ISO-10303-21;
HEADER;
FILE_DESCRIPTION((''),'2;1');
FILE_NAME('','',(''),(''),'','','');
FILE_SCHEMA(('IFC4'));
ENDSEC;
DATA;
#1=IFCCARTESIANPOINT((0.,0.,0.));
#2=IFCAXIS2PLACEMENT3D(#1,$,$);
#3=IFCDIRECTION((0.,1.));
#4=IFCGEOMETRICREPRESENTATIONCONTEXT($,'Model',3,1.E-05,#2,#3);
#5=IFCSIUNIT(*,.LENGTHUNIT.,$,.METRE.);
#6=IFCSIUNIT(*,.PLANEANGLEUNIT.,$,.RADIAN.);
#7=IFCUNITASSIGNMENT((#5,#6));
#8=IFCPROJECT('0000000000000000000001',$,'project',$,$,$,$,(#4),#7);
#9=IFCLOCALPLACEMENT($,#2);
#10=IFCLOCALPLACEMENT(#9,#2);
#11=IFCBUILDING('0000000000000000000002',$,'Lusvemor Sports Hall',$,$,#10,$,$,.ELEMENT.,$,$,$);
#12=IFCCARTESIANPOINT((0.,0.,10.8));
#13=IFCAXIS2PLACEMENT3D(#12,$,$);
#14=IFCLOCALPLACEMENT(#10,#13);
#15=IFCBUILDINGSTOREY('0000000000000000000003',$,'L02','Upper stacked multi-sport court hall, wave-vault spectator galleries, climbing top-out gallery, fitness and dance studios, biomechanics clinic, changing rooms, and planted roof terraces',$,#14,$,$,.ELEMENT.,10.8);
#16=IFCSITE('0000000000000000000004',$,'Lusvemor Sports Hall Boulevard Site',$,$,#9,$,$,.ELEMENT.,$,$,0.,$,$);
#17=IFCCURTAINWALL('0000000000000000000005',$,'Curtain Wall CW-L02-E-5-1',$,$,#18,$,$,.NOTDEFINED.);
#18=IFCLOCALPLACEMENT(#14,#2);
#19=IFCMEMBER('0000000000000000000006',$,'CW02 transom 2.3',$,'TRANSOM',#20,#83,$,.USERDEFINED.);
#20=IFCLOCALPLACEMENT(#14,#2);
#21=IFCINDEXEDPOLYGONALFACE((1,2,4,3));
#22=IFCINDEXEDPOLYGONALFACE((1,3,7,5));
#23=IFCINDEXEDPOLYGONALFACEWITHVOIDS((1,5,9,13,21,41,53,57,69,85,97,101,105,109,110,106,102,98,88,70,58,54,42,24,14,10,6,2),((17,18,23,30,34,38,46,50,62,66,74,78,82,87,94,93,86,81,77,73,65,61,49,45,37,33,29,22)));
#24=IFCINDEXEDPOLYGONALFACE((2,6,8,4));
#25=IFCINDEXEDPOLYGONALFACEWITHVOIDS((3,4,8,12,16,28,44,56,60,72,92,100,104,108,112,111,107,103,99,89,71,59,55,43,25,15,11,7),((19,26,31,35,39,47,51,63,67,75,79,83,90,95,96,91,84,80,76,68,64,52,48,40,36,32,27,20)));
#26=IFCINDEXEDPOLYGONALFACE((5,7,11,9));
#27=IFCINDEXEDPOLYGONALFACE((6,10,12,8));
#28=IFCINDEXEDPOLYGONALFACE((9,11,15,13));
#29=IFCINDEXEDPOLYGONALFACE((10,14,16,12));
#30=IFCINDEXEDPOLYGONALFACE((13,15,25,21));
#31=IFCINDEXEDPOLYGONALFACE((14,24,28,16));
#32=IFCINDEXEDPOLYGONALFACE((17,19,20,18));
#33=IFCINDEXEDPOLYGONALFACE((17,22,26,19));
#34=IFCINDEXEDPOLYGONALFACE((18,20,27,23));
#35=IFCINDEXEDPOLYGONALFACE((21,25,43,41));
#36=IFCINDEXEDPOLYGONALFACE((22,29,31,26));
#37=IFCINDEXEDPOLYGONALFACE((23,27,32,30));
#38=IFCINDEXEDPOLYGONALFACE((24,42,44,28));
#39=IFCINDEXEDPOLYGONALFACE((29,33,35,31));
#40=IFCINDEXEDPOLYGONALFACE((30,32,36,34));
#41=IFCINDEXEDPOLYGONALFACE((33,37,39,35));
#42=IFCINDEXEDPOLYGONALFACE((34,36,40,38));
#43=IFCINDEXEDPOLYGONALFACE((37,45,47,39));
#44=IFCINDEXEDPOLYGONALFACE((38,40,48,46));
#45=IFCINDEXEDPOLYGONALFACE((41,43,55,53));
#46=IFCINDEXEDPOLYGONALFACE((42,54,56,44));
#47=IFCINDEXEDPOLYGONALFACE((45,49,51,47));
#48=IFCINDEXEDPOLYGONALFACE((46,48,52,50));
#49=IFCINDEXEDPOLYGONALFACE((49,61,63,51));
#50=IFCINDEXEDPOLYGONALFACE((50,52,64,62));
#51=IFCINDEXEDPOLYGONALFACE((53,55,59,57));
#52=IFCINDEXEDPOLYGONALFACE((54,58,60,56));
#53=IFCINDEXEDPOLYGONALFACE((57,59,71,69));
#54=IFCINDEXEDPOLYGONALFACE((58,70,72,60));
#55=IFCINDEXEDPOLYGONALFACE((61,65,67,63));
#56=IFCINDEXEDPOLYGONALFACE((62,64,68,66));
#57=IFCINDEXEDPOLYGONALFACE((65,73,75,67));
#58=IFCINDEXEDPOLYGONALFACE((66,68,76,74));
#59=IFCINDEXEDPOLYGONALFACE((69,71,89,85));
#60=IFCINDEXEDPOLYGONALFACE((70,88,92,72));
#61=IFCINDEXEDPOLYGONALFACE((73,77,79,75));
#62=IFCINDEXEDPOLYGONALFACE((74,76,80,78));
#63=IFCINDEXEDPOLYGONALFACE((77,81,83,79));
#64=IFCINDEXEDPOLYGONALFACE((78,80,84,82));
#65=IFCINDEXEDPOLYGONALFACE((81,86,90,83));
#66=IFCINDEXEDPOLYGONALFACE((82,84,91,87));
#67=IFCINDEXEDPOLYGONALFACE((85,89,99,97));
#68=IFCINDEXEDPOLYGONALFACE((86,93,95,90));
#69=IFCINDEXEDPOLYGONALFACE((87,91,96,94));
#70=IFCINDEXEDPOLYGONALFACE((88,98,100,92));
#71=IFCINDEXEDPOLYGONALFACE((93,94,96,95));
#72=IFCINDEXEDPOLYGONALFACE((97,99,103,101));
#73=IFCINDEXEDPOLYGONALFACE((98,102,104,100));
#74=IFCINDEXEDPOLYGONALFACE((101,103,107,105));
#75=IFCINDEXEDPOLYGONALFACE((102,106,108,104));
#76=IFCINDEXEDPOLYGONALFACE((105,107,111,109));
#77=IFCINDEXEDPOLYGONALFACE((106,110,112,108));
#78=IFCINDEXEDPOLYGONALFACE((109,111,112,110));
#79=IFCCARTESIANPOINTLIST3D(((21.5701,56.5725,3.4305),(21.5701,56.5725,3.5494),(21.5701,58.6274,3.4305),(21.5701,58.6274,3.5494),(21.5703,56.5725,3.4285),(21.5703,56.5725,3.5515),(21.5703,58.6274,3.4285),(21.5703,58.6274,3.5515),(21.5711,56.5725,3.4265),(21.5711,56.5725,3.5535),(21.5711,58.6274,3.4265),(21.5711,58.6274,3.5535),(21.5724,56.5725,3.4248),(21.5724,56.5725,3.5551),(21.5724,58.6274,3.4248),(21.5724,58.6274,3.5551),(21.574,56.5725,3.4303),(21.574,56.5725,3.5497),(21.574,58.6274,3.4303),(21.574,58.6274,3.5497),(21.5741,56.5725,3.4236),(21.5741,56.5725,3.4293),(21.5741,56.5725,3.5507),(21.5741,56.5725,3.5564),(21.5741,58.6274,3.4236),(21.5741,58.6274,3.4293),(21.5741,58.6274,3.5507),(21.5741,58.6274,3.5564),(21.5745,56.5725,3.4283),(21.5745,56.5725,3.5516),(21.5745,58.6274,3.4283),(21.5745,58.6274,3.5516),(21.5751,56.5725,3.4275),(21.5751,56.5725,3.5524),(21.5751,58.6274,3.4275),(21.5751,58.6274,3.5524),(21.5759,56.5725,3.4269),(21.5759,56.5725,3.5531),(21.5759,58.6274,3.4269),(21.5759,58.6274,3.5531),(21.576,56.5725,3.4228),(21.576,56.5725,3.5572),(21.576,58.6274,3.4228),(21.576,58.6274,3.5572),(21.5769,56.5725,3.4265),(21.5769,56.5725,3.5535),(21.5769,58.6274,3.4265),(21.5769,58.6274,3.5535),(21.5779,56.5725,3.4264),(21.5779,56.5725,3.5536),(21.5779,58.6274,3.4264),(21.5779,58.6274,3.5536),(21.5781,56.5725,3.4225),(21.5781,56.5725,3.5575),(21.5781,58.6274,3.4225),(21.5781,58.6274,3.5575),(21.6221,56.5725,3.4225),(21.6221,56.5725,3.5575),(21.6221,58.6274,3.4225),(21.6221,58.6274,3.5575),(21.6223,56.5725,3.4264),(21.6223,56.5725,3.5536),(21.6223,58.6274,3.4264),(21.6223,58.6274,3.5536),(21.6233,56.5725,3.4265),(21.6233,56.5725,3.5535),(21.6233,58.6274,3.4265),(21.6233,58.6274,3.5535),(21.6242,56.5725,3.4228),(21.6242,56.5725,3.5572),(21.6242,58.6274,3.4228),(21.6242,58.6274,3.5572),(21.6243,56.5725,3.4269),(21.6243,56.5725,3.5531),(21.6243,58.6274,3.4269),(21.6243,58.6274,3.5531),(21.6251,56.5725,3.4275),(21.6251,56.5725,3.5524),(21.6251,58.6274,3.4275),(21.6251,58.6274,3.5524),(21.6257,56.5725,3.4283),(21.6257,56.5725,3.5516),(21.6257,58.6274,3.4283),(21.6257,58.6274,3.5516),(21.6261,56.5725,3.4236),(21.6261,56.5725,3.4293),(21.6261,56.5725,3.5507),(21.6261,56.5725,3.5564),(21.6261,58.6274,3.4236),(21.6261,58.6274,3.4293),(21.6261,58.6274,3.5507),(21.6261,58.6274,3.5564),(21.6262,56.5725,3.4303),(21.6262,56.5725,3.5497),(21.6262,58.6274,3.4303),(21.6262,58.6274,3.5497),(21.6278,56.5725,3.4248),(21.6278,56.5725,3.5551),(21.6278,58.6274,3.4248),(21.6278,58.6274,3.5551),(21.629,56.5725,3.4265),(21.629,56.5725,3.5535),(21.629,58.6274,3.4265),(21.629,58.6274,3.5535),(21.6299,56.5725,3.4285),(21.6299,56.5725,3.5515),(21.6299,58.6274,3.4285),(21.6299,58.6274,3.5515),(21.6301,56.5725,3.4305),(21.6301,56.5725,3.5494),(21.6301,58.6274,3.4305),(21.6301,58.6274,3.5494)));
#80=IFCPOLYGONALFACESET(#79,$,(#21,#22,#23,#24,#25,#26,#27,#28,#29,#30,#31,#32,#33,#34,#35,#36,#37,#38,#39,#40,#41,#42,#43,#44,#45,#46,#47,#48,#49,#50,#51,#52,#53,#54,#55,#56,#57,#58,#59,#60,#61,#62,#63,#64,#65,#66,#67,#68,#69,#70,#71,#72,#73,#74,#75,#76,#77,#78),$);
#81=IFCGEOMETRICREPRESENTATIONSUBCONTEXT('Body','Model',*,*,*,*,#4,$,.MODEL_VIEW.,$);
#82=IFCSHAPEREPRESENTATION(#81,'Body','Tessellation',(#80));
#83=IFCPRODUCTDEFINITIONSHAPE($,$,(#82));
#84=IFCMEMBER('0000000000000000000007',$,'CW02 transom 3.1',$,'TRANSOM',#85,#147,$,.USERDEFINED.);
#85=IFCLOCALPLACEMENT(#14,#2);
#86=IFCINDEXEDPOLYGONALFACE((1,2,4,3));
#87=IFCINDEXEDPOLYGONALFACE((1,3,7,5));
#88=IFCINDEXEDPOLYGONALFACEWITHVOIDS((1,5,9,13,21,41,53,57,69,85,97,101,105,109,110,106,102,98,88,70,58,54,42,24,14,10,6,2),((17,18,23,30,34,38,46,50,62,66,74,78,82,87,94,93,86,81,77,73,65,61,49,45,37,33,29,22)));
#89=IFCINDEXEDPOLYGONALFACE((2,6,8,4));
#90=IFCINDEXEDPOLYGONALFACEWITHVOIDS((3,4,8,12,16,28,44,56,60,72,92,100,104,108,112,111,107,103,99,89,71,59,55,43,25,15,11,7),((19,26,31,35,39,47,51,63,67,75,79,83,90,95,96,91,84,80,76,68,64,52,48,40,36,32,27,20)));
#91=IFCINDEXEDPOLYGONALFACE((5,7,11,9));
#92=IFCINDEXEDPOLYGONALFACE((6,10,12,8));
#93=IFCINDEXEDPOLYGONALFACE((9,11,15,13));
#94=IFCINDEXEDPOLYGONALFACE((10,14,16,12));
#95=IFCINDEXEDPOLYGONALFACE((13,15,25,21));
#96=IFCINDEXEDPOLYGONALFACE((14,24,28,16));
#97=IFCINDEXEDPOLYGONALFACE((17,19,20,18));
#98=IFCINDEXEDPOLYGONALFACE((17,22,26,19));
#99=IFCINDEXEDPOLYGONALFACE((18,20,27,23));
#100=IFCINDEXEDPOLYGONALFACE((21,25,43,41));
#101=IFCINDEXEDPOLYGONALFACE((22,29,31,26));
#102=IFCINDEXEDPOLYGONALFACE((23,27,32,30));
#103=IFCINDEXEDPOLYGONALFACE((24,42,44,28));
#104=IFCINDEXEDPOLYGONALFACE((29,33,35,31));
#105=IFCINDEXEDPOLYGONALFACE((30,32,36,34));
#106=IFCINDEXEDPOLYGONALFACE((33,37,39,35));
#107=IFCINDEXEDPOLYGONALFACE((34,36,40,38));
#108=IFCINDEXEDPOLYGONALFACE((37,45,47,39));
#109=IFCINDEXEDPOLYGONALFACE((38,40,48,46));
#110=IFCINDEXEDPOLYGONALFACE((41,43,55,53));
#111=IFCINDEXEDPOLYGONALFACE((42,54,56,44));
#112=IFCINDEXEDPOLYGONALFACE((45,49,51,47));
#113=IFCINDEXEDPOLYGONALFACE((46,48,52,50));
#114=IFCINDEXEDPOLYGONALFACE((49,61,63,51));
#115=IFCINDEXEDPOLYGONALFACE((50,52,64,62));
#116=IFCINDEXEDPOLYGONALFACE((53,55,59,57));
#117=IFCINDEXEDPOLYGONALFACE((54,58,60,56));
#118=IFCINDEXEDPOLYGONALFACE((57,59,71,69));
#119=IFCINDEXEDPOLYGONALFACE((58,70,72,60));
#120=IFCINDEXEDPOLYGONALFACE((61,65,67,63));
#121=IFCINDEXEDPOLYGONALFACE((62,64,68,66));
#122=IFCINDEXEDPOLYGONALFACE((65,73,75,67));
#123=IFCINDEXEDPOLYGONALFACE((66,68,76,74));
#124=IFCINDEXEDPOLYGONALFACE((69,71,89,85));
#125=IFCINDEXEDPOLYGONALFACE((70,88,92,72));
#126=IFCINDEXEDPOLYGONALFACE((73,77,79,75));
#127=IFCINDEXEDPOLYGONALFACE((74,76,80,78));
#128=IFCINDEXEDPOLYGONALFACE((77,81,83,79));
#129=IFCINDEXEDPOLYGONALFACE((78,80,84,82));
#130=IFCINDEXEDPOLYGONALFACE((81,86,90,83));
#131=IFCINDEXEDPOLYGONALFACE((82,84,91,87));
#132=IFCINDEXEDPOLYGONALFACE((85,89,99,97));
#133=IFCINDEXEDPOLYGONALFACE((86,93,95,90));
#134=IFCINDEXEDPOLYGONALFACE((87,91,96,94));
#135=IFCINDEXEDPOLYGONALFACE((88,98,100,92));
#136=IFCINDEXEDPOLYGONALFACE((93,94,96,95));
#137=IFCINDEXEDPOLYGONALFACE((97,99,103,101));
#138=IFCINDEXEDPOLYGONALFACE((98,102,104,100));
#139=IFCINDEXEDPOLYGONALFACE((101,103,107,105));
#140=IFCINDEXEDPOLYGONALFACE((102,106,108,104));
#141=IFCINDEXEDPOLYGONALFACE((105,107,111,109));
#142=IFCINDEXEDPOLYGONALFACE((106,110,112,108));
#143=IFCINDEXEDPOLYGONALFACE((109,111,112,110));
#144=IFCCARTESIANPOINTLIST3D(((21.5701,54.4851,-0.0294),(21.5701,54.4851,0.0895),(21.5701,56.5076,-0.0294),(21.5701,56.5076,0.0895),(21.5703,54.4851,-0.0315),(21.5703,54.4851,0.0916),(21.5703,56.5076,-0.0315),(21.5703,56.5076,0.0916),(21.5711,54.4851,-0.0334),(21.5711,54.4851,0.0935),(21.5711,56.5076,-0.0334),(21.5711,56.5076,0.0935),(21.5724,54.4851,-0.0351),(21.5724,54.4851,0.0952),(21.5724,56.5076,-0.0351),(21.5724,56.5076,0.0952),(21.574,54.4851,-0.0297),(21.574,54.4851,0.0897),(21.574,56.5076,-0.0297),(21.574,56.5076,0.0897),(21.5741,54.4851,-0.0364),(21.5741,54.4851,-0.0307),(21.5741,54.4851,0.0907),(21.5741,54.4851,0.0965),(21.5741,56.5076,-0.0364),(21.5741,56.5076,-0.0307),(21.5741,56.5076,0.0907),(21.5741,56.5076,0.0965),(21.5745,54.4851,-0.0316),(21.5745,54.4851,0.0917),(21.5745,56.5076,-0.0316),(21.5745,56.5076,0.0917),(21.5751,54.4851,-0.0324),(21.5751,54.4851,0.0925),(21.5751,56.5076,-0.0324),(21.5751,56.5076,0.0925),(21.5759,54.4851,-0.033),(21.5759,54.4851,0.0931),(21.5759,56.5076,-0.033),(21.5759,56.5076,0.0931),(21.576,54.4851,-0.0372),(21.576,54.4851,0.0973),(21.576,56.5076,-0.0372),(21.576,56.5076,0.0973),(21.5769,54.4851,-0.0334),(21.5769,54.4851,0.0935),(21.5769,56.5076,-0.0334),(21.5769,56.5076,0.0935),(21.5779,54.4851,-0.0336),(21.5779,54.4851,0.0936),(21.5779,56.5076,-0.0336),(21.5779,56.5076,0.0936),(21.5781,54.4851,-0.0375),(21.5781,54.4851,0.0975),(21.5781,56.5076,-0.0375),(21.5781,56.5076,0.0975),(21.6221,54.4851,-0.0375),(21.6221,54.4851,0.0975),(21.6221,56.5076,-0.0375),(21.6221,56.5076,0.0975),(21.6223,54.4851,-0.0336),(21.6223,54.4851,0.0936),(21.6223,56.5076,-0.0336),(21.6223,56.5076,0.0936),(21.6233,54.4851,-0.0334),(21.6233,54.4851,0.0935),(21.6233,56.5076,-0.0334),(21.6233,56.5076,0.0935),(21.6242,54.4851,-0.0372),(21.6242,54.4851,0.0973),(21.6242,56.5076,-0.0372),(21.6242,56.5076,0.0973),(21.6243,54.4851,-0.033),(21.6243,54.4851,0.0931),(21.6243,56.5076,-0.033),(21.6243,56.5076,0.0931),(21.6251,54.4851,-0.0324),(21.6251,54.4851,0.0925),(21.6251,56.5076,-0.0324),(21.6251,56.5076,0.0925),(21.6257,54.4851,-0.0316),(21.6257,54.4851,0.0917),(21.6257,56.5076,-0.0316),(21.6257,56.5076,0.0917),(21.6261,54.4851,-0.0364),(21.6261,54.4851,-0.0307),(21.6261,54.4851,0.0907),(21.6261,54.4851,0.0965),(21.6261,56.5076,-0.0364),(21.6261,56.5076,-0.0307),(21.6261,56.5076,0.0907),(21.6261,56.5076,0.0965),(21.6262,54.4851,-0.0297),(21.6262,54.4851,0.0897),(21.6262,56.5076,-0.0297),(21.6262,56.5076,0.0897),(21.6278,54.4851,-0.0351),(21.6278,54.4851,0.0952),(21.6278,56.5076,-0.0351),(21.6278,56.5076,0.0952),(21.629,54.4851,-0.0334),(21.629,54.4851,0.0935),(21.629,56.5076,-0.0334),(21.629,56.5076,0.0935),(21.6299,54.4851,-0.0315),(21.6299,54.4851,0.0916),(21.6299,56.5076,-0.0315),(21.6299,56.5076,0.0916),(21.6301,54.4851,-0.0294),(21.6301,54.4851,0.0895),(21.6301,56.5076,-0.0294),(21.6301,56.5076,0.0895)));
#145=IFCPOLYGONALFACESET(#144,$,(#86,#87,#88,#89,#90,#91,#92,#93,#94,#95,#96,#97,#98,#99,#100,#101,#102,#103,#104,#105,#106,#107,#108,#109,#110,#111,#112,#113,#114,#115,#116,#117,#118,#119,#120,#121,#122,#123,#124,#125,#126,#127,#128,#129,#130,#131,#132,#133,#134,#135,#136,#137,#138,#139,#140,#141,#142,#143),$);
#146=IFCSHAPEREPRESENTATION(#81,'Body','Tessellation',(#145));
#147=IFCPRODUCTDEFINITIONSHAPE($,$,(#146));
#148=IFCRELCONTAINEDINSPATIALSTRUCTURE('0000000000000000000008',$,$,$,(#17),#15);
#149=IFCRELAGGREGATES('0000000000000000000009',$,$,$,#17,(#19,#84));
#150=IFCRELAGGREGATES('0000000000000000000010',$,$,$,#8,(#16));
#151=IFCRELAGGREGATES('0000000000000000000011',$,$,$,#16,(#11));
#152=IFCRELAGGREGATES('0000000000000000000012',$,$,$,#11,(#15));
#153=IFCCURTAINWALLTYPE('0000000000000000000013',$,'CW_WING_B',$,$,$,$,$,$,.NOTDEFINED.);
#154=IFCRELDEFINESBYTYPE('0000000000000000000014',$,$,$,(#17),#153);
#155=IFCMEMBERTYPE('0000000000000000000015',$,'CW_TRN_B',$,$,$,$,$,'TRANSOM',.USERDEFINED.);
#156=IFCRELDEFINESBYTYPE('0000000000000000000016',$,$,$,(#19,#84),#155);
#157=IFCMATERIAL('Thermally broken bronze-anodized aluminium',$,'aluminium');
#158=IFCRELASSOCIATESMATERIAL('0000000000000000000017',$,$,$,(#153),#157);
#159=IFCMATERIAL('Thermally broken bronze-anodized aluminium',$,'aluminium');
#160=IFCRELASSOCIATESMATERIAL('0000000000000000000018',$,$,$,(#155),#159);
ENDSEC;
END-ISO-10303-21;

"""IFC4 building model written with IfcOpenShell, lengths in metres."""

from ifc_helpers import new_model, si_unit, direction, frame, origin, origin_2d, place, context, subcontext, project, spatial, hollow_rectangle, extrude, material, material_profile, profile_set, type_object, element, aggregate, save


model = new_model("IFC4")

# Units and contexts
model_context = context("Model", 3, precision=1e-05, world=origin(), true_north=direction((0.0, 1.0)))
body_context = subcontext(model_context, "Body", "Model", "MODEL_VIEW")
ifc_project = project(units=[si_unit("LENGTHUNIT", "METRE"), si_unit("PLANEANGLEUNIT", "RADIAN")], contexts=[model_context])

# Site, building, storey
site_placement = place(None, origin())
site = spatial("IfcSite", under=ifc_project, at=site_placement, Name="Lusvemor Sports Hall Boulevard Site", CompositionType="ELEMENT", RefElevation=0.0)
building_placement = place(site_placement, origin())
building = spatial("IfcBuilding", under=site, at=building_placement, Name="Lusvemor Sports Hall", CompositionType="ELEMENT")
storey_placement = place(building_placement, frame((0.0, 0.0, 10.8)))
storey = spatial("IfcBuildingStorey", under=building, at=storey_placement, Name="L02", Description="Upper stacked multi-sport court hall, wave-vault spectator galleries, climbing top-out gallery, fitness and dance studios, biomechanics clinic, changing rooms, and planted roof terraces", CompositionType="ELEMENT", Elevation=10.8)

# Curtain wall
ifc_material_1 = material(Name="Thermally broken bronze-anodized aluminium", Category="aluminium")
curtain_wall_type = type_object("IfcCurtainWallType", Name="CW_WING_B", PredefinedType="NOTDEFINED", material=ifc_material_1)
curtain_wall_1_placement = place(storey_placement, origin())
curtain_wall_1 = element("IfcCurtainWall", 1, at=curtain_wall_1_placement, inside=storey, type_object=curtain_wall_type, Name="Curtain Wall CW-L02-E-5-1", PredefinedType="NOTDEFINED")

# Members
ifc_material_2 = material(Name="Thermally broken bronze-anodized aluminium", Category="aluminium")
ifc_material_profile_1 = material_profile(ifc_material_2, hollow_rectangle(XDim=0.0601, YDim=0.135, WallThickness=0.0039, InnerFilletRadius=0.0039, OuterFilletRadius=0.0081, at=origin_2d()), Name="CWTRN135x60x4")
ifc_profile_set_1 = profile_set([ifc_material_profile_1], Name="Thermally broken bronze-anodized aluminium")
member_type_1 = type_object("IfcMemberType", Name="CW_TRN_B", ElementType="TRANSOM", PredefinedType="USERDEFINED", material=ifc_profile_set_1)
member_1_placement = place(storey_placement, frame((21.6001, 58.6274, 3.49), z_axis=(0.0, -1.0, 0.0), x_axis=(1.0, 0.0, 0.0)))
member_1 = element("IfcMember", 2, at=member_1_placement, type_object=member_type_1, Name="CW02 transom 2.3", ObjectType="TRANSOM", PredefinedType="USERDEFINED", context=body_context, shape_type="SweptSolid", body=[
    extrude(hollow_rectangle(XDim=0.0601, YDim=0.135, WallThickness=0.0039, InnerFilletRadius=0.0039, OuterFilletRadius=0.0081, at=origin_2d()), origin(), (0.0, 0.0, 1.0), 2.0549),
])
member_2_placement = place(storey_placement, frame((21.6001, 56.5076, 0.03), z_axis=(0.0, -1.0, 0.0), x_axis=(1.0, 0.0, 0.0)))
member_2 = element("IfcMember", 3, at=member_2_placement, type_object=member_type_1, Name="CW02 transom 3.1", ObjectType="TRANSOM", PredefinedType="USERDEFINED", context=body_context, shape_type="SweptSolid", body=[
    extrude(hollow_rectangle(XDim=0.0601, YDim=0.135, WallThickness=0.0039, InnerFilletRadius=0.0039, OuterFilletRadius=0.0081, at=origin_2d()), origin(), (0.0, 0.0, 1.0), 2.0225),
])

aggregate(curtain_wall_1, [member_1, member_2])

save(model, "model.ifc")
